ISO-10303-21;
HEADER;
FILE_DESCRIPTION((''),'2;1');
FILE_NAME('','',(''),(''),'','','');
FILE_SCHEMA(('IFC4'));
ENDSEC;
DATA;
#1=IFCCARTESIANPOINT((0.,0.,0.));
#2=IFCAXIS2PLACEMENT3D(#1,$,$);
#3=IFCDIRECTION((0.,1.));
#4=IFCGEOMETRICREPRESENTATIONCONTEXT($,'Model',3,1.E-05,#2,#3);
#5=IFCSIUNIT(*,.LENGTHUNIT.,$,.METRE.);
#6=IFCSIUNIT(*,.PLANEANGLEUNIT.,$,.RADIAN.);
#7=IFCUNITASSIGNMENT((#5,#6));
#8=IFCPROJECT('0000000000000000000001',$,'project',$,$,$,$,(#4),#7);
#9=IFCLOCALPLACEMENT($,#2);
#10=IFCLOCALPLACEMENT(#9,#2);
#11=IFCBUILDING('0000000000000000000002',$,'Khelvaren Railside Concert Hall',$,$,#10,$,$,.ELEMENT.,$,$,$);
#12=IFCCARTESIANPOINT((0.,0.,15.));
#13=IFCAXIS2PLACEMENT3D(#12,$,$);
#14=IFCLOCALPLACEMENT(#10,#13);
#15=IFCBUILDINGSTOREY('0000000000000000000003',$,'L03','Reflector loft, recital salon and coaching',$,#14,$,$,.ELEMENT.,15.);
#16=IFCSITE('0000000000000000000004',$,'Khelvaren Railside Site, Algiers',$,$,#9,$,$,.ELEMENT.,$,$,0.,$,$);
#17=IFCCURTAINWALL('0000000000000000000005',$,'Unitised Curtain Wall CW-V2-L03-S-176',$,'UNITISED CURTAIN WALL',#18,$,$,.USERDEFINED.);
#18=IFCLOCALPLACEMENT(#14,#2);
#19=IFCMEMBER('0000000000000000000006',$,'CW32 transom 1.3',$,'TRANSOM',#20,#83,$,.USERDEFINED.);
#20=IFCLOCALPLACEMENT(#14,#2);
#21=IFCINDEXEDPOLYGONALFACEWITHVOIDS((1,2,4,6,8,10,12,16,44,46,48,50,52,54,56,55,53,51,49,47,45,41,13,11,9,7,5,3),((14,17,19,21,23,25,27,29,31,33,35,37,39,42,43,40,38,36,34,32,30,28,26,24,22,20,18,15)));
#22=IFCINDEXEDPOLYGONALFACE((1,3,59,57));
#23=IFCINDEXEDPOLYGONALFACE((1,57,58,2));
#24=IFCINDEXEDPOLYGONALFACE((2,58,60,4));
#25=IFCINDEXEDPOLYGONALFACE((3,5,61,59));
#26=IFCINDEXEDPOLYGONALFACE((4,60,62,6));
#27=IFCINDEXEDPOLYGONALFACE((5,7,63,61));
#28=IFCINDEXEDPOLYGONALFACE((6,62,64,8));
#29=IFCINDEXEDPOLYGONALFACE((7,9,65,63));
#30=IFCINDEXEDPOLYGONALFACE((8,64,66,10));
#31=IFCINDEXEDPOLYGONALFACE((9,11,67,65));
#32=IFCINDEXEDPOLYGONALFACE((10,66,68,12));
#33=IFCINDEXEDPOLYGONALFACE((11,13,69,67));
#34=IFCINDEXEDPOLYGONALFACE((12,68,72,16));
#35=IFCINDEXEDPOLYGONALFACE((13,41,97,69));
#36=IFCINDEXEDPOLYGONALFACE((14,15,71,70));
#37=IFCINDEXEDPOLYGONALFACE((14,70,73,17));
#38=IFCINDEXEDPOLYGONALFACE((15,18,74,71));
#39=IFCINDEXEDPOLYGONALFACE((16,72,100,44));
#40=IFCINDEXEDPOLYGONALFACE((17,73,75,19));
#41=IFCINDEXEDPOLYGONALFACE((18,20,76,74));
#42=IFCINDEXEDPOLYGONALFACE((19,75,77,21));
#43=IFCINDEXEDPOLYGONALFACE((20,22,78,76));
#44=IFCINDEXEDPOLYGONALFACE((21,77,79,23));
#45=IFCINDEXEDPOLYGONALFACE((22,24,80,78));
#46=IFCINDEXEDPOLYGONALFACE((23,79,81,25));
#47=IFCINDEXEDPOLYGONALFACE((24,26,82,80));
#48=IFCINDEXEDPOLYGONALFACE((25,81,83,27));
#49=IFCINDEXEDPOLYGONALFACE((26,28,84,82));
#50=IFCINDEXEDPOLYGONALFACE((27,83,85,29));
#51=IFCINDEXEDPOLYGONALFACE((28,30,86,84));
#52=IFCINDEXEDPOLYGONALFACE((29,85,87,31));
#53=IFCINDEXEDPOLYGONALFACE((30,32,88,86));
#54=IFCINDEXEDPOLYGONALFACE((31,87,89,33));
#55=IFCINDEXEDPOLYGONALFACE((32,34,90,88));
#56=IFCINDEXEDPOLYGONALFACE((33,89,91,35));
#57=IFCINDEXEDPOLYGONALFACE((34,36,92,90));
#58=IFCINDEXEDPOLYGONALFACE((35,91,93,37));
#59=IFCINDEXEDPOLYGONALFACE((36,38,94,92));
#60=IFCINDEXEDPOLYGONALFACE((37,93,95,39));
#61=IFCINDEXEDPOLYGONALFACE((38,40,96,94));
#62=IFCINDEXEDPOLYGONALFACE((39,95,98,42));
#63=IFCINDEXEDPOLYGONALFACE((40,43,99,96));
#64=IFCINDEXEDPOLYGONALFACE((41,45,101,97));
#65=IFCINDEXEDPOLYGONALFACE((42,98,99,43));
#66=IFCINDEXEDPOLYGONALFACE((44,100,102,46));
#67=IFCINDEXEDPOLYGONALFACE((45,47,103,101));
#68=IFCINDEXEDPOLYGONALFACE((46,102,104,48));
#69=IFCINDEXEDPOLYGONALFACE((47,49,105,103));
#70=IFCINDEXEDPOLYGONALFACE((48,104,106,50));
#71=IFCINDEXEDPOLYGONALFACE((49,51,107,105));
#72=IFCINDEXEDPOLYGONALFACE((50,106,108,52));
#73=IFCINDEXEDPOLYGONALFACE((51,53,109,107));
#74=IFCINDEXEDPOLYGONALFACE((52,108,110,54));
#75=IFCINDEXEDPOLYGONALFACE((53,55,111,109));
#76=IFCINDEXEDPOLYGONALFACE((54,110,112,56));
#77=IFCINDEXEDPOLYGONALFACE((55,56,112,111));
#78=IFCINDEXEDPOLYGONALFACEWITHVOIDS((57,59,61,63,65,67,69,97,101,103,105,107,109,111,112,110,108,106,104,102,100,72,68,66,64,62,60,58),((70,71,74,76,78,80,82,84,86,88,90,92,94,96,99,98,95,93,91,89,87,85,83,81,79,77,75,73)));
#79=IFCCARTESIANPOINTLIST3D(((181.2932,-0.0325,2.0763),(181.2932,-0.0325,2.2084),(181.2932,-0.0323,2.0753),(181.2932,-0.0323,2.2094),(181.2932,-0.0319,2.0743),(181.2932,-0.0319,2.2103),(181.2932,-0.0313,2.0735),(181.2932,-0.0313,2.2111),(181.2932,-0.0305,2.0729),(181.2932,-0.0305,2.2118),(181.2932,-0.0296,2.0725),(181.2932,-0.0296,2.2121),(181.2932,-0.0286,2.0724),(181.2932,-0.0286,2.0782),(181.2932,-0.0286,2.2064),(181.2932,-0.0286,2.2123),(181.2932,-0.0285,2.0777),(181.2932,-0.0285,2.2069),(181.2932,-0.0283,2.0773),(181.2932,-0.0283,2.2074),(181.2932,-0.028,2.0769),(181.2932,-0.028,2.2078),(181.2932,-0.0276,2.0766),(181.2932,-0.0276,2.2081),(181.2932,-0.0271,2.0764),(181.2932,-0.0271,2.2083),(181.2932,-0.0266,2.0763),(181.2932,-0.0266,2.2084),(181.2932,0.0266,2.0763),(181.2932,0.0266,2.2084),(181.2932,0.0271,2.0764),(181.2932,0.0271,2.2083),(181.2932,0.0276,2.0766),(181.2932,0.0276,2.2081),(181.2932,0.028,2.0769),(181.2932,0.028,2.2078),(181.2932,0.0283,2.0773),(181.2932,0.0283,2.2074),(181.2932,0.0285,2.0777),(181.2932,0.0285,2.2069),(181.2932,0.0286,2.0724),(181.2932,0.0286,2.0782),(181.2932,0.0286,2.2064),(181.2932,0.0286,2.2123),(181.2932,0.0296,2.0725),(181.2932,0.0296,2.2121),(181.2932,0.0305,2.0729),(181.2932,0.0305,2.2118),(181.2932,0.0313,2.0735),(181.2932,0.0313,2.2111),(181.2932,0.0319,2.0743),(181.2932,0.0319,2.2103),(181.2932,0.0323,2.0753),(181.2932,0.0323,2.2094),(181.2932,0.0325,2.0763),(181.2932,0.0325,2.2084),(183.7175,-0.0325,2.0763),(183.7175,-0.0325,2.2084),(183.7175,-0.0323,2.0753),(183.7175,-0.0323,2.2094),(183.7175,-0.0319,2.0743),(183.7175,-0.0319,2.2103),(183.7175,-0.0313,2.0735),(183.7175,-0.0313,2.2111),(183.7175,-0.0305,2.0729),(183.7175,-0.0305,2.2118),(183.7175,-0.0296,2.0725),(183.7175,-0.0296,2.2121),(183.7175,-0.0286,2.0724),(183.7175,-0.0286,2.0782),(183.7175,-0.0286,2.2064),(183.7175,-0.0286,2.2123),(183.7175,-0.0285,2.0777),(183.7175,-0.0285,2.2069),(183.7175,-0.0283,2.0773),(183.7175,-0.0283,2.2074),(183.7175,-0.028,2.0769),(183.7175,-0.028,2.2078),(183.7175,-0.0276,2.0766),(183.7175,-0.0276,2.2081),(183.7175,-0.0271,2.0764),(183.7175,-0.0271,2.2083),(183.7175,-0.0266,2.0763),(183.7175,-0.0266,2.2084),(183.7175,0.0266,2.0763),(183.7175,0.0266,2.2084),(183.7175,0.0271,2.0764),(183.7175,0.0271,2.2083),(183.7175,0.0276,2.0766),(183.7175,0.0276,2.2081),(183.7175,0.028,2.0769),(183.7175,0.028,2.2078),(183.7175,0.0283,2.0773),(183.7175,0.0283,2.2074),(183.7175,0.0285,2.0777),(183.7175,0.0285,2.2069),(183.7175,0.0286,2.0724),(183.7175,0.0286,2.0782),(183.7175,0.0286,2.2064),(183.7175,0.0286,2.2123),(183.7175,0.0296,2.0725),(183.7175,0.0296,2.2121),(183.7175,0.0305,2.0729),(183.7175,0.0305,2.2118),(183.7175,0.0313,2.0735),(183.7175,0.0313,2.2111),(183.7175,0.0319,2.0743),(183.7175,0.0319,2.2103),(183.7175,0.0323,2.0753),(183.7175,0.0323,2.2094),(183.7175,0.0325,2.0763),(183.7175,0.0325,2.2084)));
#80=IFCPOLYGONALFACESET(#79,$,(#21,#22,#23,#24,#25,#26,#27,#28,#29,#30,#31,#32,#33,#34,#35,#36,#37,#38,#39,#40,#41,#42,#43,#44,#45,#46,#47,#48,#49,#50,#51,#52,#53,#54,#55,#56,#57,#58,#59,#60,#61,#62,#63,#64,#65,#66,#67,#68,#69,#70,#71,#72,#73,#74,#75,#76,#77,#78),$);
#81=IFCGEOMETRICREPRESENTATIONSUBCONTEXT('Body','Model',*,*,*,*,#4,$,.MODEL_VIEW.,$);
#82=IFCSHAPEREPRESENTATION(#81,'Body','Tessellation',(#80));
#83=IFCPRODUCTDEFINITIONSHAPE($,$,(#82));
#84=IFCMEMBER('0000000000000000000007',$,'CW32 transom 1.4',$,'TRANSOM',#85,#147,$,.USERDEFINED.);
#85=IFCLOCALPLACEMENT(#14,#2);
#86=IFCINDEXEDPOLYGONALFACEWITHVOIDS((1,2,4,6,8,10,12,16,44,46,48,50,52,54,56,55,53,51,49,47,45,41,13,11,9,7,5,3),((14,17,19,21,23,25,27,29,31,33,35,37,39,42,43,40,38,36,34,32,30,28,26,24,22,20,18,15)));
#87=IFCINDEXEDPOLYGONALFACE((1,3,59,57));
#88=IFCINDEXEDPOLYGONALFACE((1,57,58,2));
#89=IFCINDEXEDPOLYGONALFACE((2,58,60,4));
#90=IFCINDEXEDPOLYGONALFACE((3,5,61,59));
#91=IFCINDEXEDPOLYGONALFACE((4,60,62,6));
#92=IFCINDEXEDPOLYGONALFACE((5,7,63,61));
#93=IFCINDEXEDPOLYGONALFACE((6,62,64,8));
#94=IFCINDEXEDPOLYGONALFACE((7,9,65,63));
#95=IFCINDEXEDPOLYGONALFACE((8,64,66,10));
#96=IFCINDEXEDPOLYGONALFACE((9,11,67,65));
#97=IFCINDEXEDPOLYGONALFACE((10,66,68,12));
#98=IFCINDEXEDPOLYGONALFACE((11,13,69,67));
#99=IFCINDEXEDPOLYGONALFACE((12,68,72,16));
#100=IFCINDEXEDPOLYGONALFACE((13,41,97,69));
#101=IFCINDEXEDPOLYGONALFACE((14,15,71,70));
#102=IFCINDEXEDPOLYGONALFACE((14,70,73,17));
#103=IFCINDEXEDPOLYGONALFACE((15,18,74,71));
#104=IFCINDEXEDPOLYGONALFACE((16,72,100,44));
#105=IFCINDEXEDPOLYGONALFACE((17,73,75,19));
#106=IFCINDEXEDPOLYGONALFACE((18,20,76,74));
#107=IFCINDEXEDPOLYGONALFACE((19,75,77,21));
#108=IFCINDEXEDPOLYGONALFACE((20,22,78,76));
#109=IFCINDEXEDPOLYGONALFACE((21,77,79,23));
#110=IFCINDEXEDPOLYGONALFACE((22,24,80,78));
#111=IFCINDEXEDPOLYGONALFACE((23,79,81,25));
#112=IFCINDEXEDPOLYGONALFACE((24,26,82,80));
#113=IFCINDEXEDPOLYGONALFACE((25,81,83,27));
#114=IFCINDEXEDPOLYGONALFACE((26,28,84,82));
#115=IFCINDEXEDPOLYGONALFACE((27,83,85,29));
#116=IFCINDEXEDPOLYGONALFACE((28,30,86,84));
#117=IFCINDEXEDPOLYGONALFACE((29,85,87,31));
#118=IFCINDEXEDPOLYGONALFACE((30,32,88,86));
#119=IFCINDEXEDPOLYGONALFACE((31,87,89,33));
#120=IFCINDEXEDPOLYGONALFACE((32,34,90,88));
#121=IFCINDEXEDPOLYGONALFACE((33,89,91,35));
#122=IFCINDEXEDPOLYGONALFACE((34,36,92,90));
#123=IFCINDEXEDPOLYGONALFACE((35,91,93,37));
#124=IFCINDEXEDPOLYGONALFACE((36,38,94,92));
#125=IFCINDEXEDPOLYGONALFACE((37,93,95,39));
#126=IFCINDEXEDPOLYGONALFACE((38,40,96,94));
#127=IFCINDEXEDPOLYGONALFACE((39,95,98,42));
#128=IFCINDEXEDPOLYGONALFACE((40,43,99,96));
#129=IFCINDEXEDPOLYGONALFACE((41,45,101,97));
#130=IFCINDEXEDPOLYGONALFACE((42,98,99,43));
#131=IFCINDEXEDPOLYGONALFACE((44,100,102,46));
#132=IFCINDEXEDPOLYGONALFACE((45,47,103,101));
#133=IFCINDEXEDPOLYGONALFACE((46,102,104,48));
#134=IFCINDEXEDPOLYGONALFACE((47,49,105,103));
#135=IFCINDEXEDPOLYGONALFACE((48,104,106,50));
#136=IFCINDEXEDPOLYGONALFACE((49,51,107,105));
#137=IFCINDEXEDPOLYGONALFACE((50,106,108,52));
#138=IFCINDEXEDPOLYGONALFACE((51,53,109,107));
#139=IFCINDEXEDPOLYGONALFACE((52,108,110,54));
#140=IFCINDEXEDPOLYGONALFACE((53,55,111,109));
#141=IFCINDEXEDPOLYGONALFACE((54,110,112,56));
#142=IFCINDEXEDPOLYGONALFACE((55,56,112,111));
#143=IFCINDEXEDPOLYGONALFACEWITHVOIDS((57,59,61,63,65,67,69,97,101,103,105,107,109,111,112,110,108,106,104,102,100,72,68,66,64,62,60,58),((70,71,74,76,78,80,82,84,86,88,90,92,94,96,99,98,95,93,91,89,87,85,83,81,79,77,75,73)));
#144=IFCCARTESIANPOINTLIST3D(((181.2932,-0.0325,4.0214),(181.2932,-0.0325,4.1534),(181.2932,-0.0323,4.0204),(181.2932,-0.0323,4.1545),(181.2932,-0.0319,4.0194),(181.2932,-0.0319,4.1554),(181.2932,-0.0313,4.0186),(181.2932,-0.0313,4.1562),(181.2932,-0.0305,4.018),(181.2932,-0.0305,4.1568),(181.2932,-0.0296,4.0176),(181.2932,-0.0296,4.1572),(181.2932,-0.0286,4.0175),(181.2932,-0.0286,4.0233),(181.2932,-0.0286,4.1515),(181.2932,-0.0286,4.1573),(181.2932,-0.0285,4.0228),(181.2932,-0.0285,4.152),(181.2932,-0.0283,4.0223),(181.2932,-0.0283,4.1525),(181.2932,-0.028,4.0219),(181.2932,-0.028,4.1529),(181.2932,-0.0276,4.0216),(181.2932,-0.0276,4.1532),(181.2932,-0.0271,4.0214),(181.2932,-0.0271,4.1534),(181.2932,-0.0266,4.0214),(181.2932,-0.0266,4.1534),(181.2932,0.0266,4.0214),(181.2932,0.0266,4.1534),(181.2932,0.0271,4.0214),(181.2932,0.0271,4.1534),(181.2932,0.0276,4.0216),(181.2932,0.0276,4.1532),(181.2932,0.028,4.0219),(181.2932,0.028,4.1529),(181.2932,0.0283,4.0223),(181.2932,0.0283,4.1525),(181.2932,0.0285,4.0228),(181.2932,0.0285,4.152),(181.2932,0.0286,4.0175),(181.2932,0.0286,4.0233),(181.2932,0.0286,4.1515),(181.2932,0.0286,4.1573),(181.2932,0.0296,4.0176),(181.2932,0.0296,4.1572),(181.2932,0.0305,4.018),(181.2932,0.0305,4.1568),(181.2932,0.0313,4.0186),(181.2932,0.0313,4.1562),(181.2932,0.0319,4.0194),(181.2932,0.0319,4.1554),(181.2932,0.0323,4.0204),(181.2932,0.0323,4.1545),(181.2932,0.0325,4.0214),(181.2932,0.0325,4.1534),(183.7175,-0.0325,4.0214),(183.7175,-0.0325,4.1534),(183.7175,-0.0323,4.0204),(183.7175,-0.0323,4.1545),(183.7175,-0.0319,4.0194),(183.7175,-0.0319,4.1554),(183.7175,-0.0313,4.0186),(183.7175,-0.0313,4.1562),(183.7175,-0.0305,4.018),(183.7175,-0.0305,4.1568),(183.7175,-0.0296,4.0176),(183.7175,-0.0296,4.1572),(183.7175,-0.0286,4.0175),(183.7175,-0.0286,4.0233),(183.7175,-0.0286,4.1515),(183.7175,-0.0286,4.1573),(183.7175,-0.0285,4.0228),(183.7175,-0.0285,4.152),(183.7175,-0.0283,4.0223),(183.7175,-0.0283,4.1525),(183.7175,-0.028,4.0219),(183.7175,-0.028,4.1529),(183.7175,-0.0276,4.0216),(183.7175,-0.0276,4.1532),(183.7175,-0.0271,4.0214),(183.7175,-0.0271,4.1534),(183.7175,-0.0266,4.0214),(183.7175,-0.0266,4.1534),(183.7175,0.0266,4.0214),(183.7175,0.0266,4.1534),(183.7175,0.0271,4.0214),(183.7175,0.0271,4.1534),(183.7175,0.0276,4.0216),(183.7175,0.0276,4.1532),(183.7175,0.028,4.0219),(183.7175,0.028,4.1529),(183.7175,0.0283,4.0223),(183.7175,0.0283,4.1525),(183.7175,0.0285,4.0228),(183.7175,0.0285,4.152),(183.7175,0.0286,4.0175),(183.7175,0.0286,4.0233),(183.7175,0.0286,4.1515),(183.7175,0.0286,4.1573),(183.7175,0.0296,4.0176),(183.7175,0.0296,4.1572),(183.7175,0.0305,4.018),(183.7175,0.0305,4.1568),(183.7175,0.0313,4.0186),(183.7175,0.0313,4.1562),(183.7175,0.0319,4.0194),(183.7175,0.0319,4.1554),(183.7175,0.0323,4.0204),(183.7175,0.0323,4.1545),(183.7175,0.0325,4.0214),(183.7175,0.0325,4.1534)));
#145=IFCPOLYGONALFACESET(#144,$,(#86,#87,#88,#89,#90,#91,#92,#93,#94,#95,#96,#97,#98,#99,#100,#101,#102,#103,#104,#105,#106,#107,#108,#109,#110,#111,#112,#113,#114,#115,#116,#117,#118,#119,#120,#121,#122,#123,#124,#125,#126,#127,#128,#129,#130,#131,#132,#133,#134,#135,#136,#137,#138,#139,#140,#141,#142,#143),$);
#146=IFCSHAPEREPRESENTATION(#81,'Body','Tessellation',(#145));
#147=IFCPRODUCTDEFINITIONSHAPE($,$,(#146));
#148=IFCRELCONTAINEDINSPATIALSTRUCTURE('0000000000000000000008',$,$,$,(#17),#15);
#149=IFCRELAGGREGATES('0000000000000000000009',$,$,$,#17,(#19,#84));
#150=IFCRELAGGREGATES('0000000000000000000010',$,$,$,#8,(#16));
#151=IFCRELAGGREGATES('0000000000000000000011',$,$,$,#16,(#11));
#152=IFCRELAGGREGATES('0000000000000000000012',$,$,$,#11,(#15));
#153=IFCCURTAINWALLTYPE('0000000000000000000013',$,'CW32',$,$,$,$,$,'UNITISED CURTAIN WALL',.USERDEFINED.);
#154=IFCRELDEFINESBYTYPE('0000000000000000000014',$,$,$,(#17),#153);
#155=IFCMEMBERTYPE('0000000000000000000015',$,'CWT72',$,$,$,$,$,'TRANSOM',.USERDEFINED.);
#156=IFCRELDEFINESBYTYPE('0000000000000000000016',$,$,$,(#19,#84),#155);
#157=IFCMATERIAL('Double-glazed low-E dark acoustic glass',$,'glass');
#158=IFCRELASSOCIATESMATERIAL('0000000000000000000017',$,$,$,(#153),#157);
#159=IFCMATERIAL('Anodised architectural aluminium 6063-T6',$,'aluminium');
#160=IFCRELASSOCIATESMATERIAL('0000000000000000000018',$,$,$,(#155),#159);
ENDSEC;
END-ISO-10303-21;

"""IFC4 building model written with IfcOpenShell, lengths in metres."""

from ifc_helpers import new_model, si_unit, direction, frame, origin, origin_2d, place, context, subcontext, project, spatial, hollow_rectangle, extrude, material, material_profile, profile_set, type_object, element, aggregate, save


model = new_model("IFC4")

# Units and contexts
model_context = context("Model", 3, precision=1e-05, world=origin(), true_north=direction((0.0, 1.0)))
body_context = subcontext(model_context, "Body", "Model", "MODEL_VIEW")
ifc_project = project(units=[si_unit("LENGTHUNIT", "METRE"), si_unit("PLANEANGLEUNIT", "RADIAN")], contexts=[model_context])

# Site, building, storey
site_placement = place(None, origin())
site = spatial("IfcSite", under=ifc_project, at=site_placement, Name="Khelvaren Railside Site, Algiers", CompositionType="ELEMENT", RefElevation=0.0)
building_placement = place(site_placement, origin())
building = spatial("IfcBuilding", under=site, at=building_placement, Name="Khelvaren Railside Concert Hall", CompositionType="ELEMENT")
storey_placement = place(building_placement, frame((0.0, 0.0, 15.0)))
storey = spatial("IfcBuildingStorey", under=building, at=storey_placement, Name="L03", Description="Reflector loft, recital salon and coaching", CompositionType="ELEMENT", Elevation=15.0)

# Curtain wall
ifc_material_1 = material(Name="Double-glazed low-E dark acoustic glass", Category="glass")
curtain_wall_type_1 = type_object("IfcCurtainWallType", Name="CW32", ElementType="UNITISED CURTAIN WALL", PredefinedType="USERDEFINED", material=ifc_material_1)
curtain_wall_1_placement = place(storey_placement, origin())
curtain_wall_1 = element("IfcCurtainWall", 1, at=curtain_wall_1_placement, inside=storey, type_object=curtain_wall_type_1, Name="Unitised Curtain Wall CW-V2-L03-S-176", ObjectType="UNITISED CURTAIN WALL", PredefinedType="USERDEFINED")
ifc_material_2 = material(Name="Anodised architectural aluminium 6063-T6", Category="aluminium")

# Members
ifc_material_profile_1 = material_profile(ifc_material_2, hollow_rectangle(XDim=0.0649, YDim=0.1399, WallThickness=0.0039, InnerFilletRadius=0.002, OuterFilletRadius=0.0039, at=origin_2d()), Name="CWT 65x140x4")
ifc_profile_set_1 = profile_set([ifc_material_profile_1], Name="Anodised architectural aluminium 6063-T6")
member_type_1 = type_object("IfcMemberType", Name="CWT72", ElementType="TRANSOM", PredefinedType="USERDEFINED", material=ifc_profile_set_1)
member_1_placement = place(storey_placement, frame((183.7175, 0.0, 2.1423), z_axis=(-1.0, 0.0, 0.0), x_axis=(0.0, -1.0, 0.0)))
member_1 = element("IfcMember", 2, at=member_1_placement, type_object=member_type_1, Name="CW32 transom 1.3", ObjectType="TRANSOM", PredefinedType="USERDEFINED", context=body_context, shape_type="SweptSolid", body=[
    extrude(hollow_rectangle(XDim=0.0649, YDim=0.1399, WallThickness=0.0039, InnerFilletRadius=0.002, OuterFilletRadius=0.0039, at=origin_2d()), origin(), (0.0, 0.0, 1.0), 2.4243),
])
member_2_placement = place(storey_placement, frame((183.7175, 0.0, 4.0874), z_axis=(-1.0, 0.0, 0.0), x_axis=(0.0, -1.0, 0.0)))
member_2 = element("IfcMember", 3, at=member_2_placement, type_object=member_type_1, Name="CW32 transom 1.4", ObjectType="TRANSOM", PredefinedType="USERDEFINED", context=body_context, shape_type="SweptSolid", body=[
    extrude(hollow_rectangle(XDim=0.0649, YDim=0.1399, WallThickness=0.0039, InnerFilletRadius=0.002, OuterFilletRadius=0.0039, at=origin_2d()), origin(), (0.0, 0.0, 1.0), 2.4243),
])

aggregate(curtain_wall_1, [member_1, member_2])

save(model, "model.ifc")
